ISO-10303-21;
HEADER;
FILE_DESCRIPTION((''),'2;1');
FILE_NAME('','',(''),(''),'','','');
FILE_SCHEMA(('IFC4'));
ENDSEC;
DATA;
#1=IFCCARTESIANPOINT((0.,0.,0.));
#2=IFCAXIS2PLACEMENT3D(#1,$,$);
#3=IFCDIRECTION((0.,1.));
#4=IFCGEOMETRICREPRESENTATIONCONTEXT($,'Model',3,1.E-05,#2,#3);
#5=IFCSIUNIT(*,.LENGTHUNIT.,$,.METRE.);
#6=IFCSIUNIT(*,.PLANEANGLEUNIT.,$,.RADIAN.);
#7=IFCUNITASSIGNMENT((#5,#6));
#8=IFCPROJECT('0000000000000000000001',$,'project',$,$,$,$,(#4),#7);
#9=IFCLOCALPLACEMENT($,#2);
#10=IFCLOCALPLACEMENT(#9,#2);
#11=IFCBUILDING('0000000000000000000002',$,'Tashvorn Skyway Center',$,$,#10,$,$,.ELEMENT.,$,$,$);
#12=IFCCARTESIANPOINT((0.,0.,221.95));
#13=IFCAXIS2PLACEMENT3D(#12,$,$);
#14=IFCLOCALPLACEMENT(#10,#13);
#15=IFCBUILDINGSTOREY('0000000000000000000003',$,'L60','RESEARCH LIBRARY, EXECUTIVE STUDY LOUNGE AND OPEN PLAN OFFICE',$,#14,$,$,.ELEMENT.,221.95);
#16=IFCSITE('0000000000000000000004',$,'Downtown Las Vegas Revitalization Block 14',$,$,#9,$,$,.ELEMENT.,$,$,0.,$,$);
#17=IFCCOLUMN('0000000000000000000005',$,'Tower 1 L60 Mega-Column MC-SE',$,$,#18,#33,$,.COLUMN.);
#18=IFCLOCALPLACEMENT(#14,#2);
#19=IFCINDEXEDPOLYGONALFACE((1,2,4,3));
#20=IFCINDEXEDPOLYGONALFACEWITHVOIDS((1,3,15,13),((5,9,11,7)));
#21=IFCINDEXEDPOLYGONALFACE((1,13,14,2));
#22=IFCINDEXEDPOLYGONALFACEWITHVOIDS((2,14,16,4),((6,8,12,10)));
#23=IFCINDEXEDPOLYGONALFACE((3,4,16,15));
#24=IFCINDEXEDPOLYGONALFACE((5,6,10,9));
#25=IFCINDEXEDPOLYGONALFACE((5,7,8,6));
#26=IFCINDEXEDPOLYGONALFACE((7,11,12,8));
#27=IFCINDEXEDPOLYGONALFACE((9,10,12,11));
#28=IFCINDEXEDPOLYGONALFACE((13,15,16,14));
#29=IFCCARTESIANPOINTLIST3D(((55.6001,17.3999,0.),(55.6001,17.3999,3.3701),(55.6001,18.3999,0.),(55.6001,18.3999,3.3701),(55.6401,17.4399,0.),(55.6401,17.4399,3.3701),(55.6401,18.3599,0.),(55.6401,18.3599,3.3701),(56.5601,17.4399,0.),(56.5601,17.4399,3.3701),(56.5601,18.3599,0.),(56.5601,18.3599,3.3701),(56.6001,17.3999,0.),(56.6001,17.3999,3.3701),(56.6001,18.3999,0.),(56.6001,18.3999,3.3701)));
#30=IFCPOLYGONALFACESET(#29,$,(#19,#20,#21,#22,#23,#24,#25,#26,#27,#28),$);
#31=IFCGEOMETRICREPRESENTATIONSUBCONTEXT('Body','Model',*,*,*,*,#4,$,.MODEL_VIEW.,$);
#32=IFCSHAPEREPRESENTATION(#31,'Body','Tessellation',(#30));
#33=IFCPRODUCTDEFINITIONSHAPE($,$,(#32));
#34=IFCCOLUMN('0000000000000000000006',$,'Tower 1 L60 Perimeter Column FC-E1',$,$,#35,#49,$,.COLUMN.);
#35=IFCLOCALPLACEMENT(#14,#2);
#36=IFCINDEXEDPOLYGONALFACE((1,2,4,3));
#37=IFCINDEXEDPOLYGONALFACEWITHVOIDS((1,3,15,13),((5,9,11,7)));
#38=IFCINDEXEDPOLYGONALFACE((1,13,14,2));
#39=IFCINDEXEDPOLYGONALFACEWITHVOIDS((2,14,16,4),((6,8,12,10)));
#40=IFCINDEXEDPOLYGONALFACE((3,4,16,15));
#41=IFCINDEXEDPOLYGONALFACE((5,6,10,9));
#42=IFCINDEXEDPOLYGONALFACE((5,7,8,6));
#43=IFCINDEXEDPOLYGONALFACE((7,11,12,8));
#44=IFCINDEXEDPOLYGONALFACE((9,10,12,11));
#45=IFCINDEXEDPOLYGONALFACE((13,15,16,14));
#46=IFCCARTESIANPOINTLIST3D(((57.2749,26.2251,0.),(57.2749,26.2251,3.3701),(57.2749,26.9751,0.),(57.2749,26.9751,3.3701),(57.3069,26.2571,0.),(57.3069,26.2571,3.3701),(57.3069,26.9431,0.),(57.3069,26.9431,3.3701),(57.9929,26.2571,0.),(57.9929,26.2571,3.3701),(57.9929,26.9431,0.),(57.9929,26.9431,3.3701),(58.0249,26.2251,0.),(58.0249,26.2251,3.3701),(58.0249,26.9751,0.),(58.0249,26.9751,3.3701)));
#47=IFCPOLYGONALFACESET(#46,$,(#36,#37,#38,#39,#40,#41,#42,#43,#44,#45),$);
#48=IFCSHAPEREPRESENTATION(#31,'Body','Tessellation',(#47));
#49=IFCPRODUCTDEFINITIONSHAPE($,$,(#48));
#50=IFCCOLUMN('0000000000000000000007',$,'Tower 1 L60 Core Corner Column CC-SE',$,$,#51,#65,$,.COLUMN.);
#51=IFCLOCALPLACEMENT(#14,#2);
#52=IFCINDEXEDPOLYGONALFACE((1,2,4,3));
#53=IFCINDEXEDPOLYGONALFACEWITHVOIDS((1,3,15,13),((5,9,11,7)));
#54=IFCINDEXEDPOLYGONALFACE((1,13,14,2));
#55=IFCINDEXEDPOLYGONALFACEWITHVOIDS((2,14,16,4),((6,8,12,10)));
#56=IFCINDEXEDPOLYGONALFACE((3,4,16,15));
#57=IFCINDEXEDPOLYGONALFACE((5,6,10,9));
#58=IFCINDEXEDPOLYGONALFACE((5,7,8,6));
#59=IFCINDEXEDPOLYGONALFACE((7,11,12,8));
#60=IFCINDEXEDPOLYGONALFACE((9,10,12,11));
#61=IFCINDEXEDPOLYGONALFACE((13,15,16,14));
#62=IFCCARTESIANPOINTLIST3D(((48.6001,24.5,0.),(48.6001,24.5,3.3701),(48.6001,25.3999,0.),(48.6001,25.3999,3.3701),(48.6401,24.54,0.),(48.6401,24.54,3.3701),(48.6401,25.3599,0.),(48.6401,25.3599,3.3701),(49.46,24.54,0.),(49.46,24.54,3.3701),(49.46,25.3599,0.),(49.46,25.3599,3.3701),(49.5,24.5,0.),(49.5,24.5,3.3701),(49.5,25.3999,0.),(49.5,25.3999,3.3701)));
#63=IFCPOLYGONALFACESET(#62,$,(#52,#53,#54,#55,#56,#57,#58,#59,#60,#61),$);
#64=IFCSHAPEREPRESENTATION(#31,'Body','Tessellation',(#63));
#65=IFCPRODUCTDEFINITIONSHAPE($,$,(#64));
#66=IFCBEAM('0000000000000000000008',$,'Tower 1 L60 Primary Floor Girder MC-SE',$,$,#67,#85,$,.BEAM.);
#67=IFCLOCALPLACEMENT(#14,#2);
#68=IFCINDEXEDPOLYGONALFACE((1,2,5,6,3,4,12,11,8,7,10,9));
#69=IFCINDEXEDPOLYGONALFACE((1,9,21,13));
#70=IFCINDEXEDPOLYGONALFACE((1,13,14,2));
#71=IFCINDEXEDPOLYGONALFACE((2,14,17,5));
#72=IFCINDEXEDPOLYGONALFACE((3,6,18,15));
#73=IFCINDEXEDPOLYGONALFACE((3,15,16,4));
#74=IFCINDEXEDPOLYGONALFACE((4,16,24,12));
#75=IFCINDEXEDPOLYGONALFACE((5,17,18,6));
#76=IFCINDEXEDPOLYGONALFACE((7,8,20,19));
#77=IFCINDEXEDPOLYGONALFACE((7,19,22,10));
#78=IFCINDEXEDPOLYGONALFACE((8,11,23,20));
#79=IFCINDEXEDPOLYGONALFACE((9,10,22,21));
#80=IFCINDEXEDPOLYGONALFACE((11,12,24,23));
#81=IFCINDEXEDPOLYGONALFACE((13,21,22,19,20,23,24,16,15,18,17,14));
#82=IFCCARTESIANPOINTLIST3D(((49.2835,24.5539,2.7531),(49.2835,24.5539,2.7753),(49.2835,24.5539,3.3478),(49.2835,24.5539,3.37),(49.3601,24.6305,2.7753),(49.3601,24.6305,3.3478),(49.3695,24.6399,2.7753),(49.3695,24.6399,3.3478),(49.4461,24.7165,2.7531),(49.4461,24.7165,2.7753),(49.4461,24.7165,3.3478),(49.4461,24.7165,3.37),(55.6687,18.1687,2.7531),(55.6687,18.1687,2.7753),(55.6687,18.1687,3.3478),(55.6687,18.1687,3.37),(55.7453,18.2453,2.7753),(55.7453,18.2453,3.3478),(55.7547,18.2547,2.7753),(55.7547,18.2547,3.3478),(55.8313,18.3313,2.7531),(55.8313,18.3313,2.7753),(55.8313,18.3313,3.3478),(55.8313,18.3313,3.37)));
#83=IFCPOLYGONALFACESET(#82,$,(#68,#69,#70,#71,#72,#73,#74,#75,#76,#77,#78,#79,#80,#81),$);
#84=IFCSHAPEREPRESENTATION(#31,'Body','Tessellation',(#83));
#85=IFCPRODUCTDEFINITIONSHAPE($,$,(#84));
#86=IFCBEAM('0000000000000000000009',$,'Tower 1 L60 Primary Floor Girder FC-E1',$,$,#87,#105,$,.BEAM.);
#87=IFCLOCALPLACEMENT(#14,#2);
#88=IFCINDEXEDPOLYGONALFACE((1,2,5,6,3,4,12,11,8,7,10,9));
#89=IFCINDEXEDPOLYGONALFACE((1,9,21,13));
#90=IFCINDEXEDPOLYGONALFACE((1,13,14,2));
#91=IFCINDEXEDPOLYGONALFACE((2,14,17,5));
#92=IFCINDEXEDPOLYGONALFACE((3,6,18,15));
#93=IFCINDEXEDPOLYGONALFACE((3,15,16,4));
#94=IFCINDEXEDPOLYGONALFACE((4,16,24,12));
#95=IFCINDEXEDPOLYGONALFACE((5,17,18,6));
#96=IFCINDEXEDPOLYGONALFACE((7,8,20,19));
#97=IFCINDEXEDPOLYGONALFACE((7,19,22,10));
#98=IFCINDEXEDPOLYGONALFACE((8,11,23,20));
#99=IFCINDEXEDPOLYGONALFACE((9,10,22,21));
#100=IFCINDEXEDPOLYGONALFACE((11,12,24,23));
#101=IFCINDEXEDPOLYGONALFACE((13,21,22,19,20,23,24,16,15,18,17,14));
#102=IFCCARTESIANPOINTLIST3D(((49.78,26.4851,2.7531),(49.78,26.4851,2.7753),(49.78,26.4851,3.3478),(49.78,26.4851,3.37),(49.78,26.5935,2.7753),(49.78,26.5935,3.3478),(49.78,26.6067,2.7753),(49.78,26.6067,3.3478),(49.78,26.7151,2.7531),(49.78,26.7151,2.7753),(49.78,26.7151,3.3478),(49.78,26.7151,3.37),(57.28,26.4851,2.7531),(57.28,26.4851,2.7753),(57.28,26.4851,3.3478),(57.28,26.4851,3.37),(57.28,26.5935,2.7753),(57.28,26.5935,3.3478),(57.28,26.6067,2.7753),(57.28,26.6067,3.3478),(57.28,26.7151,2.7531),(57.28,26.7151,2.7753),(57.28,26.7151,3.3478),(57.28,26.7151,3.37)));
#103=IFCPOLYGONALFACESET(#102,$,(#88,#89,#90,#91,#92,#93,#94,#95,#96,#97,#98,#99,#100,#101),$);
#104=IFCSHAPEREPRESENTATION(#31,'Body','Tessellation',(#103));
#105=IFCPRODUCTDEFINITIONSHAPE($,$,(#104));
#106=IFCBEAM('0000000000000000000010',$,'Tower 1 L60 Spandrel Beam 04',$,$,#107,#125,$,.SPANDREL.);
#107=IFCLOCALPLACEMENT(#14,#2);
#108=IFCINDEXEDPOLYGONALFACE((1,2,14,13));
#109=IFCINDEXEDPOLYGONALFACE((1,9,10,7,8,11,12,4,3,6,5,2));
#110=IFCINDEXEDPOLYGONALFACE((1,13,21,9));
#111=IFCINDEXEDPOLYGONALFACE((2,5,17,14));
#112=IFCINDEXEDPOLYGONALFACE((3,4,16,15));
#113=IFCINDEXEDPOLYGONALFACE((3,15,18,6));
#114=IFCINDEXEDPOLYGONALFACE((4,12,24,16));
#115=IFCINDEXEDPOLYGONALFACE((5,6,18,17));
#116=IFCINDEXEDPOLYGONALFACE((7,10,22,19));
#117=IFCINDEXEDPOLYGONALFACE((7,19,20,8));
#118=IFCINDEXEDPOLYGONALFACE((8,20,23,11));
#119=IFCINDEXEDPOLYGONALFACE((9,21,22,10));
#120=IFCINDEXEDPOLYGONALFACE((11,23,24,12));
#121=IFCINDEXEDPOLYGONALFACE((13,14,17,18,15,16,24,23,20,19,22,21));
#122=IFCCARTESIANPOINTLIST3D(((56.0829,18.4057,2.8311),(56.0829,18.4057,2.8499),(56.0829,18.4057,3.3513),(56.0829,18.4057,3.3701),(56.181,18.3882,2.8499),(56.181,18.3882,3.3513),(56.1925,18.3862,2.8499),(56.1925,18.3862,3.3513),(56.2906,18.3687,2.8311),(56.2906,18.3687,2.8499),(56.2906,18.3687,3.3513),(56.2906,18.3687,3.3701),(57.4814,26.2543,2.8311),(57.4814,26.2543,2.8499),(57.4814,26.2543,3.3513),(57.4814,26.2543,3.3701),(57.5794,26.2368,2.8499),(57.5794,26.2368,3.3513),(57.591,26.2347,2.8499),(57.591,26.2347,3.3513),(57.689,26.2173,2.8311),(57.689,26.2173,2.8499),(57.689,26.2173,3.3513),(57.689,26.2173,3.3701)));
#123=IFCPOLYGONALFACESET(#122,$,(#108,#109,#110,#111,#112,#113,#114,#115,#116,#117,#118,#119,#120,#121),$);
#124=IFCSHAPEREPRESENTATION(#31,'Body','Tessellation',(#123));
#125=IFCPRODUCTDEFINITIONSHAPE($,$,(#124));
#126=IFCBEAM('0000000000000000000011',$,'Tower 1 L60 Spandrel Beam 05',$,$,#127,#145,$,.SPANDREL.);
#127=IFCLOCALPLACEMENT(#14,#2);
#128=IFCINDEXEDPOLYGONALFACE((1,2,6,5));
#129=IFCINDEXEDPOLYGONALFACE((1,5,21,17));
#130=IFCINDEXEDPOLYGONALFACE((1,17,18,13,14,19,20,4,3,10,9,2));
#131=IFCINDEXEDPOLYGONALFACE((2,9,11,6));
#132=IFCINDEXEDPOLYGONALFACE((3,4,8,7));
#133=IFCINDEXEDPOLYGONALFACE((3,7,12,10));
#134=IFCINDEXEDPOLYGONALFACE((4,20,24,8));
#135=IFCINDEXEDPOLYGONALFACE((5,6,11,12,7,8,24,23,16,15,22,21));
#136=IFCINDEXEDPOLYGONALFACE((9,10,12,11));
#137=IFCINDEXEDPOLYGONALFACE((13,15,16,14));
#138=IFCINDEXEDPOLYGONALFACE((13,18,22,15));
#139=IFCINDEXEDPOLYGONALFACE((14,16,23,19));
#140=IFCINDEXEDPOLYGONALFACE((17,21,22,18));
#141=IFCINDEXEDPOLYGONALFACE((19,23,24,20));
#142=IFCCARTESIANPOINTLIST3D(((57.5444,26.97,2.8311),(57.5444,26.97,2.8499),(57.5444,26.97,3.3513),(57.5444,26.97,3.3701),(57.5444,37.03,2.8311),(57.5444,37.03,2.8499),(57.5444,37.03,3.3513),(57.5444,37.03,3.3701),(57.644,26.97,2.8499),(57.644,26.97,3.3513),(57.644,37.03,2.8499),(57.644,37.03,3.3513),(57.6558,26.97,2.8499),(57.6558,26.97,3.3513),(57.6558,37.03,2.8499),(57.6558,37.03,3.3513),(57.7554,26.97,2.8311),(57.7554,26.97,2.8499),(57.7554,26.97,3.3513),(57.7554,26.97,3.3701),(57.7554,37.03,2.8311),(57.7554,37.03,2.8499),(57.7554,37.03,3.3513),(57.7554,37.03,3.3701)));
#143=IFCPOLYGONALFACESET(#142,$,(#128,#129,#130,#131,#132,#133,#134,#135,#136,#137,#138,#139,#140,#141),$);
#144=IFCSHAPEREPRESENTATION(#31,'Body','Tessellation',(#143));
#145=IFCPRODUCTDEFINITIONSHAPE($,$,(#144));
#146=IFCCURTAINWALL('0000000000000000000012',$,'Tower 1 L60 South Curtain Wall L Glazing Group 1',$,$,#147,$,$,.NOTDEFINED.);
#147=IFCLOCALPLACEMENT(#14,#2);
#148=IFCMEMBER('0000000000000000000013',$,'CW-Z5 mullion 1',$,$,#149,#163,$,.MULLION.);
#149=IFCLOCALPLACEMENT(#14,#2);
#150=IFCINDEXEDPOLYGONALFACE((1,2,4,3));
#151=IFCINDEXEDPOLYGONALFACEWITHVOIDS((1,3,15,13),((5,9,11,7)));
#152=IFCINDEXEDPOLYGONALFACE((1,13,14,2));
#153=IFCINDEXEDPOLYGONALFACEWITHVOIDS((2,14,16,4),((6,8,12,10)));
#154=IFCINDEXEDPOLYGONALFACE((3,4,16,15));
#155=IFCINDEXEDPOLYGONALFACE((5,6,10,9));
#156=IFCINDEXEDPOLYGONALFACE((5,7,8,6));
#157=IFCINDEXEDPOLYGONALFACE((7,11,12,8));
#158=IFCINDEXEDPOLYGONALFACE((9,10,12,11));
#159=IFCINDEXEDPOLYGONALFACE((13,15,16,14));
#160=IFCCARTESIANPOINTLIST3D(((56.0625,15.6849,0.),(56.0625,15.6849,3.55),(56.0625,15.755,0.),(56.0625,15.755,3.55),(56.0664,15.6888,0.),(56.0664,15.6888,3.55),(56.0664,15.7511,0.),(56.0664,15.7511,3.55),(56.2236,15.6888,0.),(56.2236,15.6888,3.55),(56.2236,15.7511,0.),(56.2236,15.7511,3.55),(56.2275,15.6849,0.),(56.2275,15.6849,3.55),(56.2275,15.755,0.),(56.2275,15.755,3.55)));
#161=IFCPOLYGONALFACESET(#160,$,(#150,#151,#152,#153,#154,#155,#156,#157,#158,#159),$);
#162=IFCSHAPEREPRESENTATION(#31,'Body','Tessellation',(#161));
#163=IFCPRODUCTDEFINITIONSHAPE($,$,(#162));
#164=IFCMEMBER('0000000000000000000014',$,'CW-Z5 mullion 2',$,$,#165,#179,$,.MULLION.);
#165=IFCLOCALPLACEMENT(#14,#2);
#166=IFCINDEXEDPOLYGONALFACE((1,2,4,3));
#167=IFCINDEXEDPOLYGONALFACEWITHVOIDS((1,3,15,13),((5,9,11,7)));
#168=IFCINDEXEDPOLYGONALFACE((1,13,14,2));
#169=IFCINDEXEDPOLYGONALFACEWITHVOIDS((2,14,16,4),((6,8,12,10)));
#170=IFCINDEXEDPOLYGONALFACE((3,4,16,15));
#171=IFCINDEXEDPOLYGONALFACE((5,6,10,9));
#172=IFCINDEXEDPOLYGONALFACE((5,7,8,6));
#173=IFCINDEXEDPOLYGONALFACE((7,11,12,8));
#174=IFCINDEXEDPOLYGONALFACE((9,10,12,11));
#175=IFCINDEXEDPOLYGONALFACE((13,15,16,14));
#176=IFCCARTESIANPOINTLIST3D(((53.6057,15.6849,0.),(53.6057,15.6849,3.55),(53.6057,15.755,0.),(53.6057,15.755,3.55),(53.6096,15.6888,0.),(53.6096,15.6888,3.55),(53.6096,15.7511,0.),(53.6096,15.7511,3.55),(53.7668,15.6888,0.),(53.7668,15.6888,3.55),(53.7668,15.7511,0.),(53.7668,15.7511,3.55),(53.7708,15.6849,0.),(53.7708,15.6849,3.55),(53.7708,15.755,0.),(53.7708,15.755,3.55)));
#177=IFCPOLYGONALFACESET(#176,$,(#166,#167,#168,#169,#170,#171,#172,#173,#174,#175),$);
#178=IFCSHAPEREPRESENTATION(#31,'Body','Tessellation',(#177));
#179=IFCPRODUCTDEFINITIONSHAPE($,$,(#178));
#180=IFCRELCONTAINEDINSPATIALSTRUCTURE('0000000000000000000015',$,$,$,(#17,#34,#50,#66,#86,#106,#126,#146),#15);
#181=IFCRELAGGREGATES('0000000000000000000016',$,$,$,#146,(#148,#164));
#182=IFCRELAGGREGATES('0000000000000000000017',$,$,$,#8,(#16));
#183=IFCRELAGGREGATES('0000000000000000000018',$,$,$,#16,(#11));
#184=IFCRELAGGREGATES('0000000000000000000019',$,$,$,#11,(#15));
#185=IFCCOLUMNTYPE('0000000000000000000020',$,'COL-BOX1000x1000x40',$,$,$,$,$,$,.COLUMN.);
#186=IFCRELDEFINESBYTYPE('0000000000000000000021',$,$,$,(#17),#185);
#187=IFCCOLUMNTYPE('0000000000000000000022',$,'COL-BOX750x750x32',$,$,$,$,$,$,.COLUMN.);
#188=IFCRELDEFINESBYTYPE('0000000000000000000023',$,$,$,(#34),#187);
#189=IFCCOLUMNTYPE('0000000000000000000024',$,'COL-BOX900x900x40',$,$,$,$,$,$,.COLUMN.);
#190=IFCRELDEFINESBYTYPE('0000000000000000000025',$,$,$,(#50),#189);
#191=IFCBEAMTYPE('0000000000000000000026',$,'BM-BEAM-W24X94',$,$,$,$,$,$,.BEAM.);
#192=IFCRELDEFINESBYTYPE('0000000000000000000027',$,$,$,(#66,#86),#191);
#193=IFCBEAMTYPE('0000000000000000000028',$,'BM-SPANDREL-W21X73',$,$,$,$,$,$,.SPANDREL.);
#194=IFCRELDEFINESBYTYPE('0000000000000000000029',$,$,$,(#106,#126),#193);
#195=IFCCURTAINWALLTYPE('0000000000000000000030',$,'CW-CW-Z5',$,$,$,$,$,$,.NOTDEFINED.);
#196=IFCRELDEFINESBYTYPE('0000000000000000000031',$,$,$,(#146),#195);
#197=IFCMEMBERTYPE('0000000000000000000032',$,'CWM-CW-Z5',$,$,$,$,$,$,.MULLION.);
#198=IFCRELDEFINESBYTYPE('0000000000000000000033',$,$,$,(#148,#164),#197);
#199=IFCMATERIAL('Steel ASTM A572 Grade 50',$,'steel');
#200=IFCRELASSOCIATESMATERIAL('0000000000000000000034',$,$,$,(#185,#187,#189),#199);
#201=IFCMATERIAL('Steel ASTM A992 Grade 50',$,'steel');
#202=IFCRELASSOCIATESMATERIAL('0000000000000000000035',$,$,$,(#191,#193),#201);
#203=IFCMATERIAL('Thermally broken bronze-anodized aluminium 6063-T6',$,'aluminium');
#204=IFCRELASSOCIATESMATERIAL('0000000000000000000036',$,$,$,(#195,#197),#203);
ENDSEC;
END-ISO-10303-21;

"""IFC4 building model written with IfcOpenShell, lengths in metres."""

from ifc_helpers import new_model, si_unit, direction, frame, origin, origin_2d, place, context, subcontext, project, spatial, hollow_rectangle, i_section, extrude, material, material_profile, profile_set, type_object, element, aggregate, save


model = new_model("IFC4")

# Units and contexts
model_context = context("Model", 3, precision=1e-05, world=origin(), true_north=direction((0.0, 1.0)))
body_context = subcontext(model_context, "Body", "Model", "MODEL_VIEW")
ifc_project = project(units=[si_unit("LENGTHUNIT", "METRE"), si_unit("PLANEANGLEUNIT", "RADIAN")], contexts=[model_context])

# Site, building, storey
site_placement = place(None, origin())
site = spatial("IfcSite", under=ifc_project, at=site_placement, Name="Downtown Las Vegas Revitalization Block 14", CompositionType="ELEMENT", RefElevation=0.0)
building_placement = place(site_placement, origin())
building = spatial("IfcBuilding", under=site, at=building_placement, Name="Tashvorn Skyway Center", CompositionType="ELEMENT")
storey_placement = place(building_placement, frame((0.0, 0.0, 221.95)))
storey = spatial("IfcBuildingStorey", under=building, at=storey_placement, Name="L60", Description="RESEARCH LIBRARY, EXECUTIVE STUDY LOUNGE AND OPEN PLAN OFFICE", CompositionType="ELEMENT", Elevation=221.95)

# Columns
ifc_material_1 = material(Name="Steel ASTM A572 Grade 50", Category="steel")
ifc_material_profile_1 = material_profile(ifc_material_1, hollow_rectangle(XDim=1.0, YDim=1.0, WallThickness=0.04, at=origin_2d()), Name="BOX1000x1000x40")
ifc_profile_set_1 = profile_set([ifc_material_profile_1], Name="Steel ASTM A572 Grade 50")
column_type_1 = type_object("IfcColumnType", Name="COL-BOX1000x1000x40", PredefinedType="COLUMN", material=ifc_profile_set_1)
column_1_placement = place(storey_placement, frame((56.1001, 17.8999, 0.0), z_axis=(0.0, 0.0, 1.0), x_axis=(1.0, 0.0, 0.0)))
element("IfcColumn", 1, at=column_1_placement, inside=storey, type_object=column_type_1, Name="Tower 1 L60 Mega-Column MC-SE", PredefinedType="COLUMN", context=body_context, shape_type="SweptSolid", body=[
    extrude(hollow_rectangle(XDim=1.0, YDim=1.0, WallThickness=0.04, at=origin_2d()), origin(), (0.0, 0.0, 1.0), 3.3701),
])
ifc_material_profile_2 = material_profile(ifc_material_1, hollow_rectangle(XDim=0.75, YDim=0.75, WallThickness=0.032, at=origin_2d()), Name="BOX750x750x32")
ifc_profile_set_2 = profile_set([ifc_material_profile_2], Name="Steel ASTM A572 Grade 50")
column_type_2 = type_object("IfcColumnType", Name="COL-BOX750x750x32", PredefinedType="COLUMN", material=ifc_profile_set_2)
column_2_placement = place(storey_placement, frame((57.6499, 26.6001, 0.0), z_axis=(0.0, 0.0, 1.0), x_axis=(1.0, 0.0, 0.0)))
element("IfcColumn", 2, at=column_2_placement, inside=storey, type_object=column_type_2, Name="Tower 1 L60 Perimeter Column FC-E1", PredefinedType="COLUMN", context=body_context, shape_type="SweptSolid", body=[
    extrude(hollow_rectangle(XDim=0.75, YDim=0.75, WallThickness=0.032, at=origin_2d()), origin(), (0.0, 0.0, 1.0), 3.3701),
])
ifc_material_profile_3 = material_profile(ifc_material_1, hollow_rectangle(XDim=0.8999, YDim=0.8999, WallThickness=0.04, at=origin_2d()), Name="BOX900x900x40")
ifc_profile_set_3 = profile_set([ifc_material_profile_3], Name="Steel ASTM A572 Grade 50")
column_type_3 = type_object("IfcColumnType", Name="COL-BOX900x900x40", PredefinedType="COLUMN", material=ifc_profile_set_3)
column_3_placement = place(storey_placement, frame((49.05, 24.95, 0.0), z_axis=(0.0, 0.0, 1.0), x_axis=(1.0, 0.0, 0.0)))
element("IfcColumn", 3, at=column_3_placement, inside=storey, type_object=column_type_3, Name="Tower 1 L60 Core Corner Column CC-SE", PredefinedType="COLUMN", context=body_context, shape_type="SweptSolid", body=[
    extrude(hollow_rectangle(XDim=0.8999, YDim=0.8999, WallThickness=0.04, at=origin_2d()), origin(), (0.0, 0.0, 1.0), 3.3701),
])

# Beams
ifc_material_2 = material(Name="Steel ASTM A992 Grade 50", Category="steel")
ifc_material_profile_4 = material_profile(ifc_material_2, i_section(OverallWidth=0.23, OverallDepth=0.6169, WebThickness=0.0132, FlangeThickness=0.0222, at=origin_2d()), Name="W24X94")
ifc_profile_set_4 = profile_set([ifc_material_profile_4], Name="Steel ASTM A992 Grade 50")
beam_type_1 = type_object("IfcBeamType", Name="BM-BEAM-W24X94", PredefinedType="BEAM", material=ifc_profile_set_4)
beam_1_placement = place(storey_placement, frame((55.75, 18.25, 3.0615), z_axis=(-0.707107, 0.707107, 0.0), x_axis=(-0.707107, -0.707107, 0.0)))
element("IfcBeam", 4, at=beam_1_placement, inside=storey, type_object=beam_type_1, Name="Tower 1 L60 Primary Floor Girder MC-SE", PredefinedType="BEAM", context=body_context, shape_type="SweptSolid", body=[
    extrude(i_section(OverallWidth=0.23, OverallDepth=0.6169, WebThickness=0.0132, FlangeThickness=0.0222, at=origin_2d()), origin(), (0.0, 0.0, 1.0), 9.03),
])
beam_2_placement = place(storey_placement, frame((57.28, 26.6001, 3.0615), z_axis=(-1.0, 0.0, 0.0), x_axis=(0.0, -1.0, 0.0)))
element("IfcBeam", 5, at=beam_2_placement, inside=storey, type_object=beam_type_1, Name="Tower 1 L60 Primary Floor Girder FC-E1", PredefinedType="BEAM", context=body_context, shape_type="SweptSolid", body=[
    extrude(i_section(OverallWidth=0.23, OverallDepth=0.6169, WebThickness=0.0132, FlangeThickness=0.0222, at=origin_2d()), origin(), (0.0, 0.0, 1.0), 7.5),
])
ifc_material_profile_5 = material_profile(ifc_material_2, i_section(OverallWidth=0.2109, OverallDepth=0.5391, WebThickness=0.0117, FlangeThickness=0.0188, at=origin_2d()), Name="W21X73")
ifc_profile_set_5 = profile_set([ifc_material_profile_5], Name="Steel ASTM A992 Grade 50")
beam_type_2 = type_object("IfcBeamType", Name="BM-SPANDREL-W21X73", PredefinedType="SPANDREL", material=ifc_profile_set_5)
beam_3_placement = place(storey_placement, frame((56.1868, 18.3872, 3.1006), z_axis=(0.175413, 0.984495, 0.0), x_axis=(-0.984495, 0.175413, 0.0)))
element("IfcBeam", 6, at=beam_3_placement, inside=storey, type_object=beam_type_2, Name="Tower 1 L60 Spandrel Beam 04", PredefinedType="SPANDREL", context=body_context, shape_type="SweptSolid", body=[
    extrude(i_section(OverallWidth=0.2109, OverallDepth=0.5391, WebThickness=0.0117, FlangeThickness=0.0188, at=origin_2d()), origin(), (0.0, 0.0, 1.0), 7.9722),
])
beam_4_placement = place(storey_placement, frame((57.6499, 26.97, 3.1006), z_axis=(0.0, 1.0, 0.0), x_axis=(-1.0, 0.0, 0.0)))
element("IfcBeam", 7, at=beam_4_placement, inside=storey, type_object=beam_type_2, Name="Tower 1 L60 Spandrel Beam 05", PredefinedType="SPANDREL", context=body_context, shape_type="SweptSolid", body=[
    extrude(i_section(OverallWidth=0.2109, OverallDepth=0.5391, WebThickness=0.0117, FlangeThickness=0.0188, at=origin_2d()), origin(), (0.0, 0.0, 1.0), 10.0601),
])

# Curtain wall, members
ifc_material_3 = material(Name="Thermally broken bronze-anodized aluminium 6063-T6", Category="aluminium")
curtain_wall_type = type_object("IfcCurtainWallType", Name="CW-CW-Z5", PredefinedType="NOTDEFINED", material=ifc_material_3)
curtain_wall_1_placement = place(storey_placement, origin())
curtain_wall_1 = element("IfcCurtainWall", 8, at=curtain_wall_1_placement, inside=storey, type_object=curtain_wall_type, Name="Tower 1 L60 South Curtain Wall L Glazing Group 1", PredefinedType="NOTDEFINED")
ifc_material_profile_6 = material_profile(ifc_material_3, hollow_rectangle(XDim=0.0701, YDim=0.165, WallThickness=0.0039, at=origin_2d()), Name="ALU-MULL-70x165")
ifc_profile_set_6 = profile_set([ifc_material_profile_6], Name="Thermally broken bronze-anodized aluminium 6063-T6")
member_type_1 = type_object("IfcMemberType", Name="CWM-CW-Z5", PredefinedType="MULLION", material=ifc_profile_set_6)
member_1_placement = place(storey_placement, frame((56.145, 15.72, 0.0), z_axis=(0.0, 0.0, 1.0), x_axis=(0.0, -1.0, 0.0)))
member_1 = element("IfcMember", 9, at=member_1_placement, type_object=member_type_1, Name="CW-Z5 mullion 1", PredefinedType="MULLION", context=body_context, shape_type="SweptSolid", body=[
    extrude(hollow_rectangle(XDim=0.0701, YDim=0.165, WallThickness=0.0039, at=origin_2d()), origin(), (0.0, 0.0, 1.0), 3.55),
])
member_2_placement = place(storey_placement, frame((53.6882, 15.72, 0.0), z_axis=(0.0, 0.0, 1.0), x_axis=(0.0, -1.0, 0.0)))
member_2 = element("IfcMember", 10, at=member_2_placement, type_object=member_type_1, Name="CW-Z5 mullion 2", PredefinedType="MULLION", context=body_context, shape_type="SweptSolid", body=[
    extrude(hollow_rectangle(XDim=0.0701, YDim=0.165, WallThickness=0.0039, at=origin_2d()), origin(), (0.0, 0.0, 1.0), 3.55),
])

aggregate(curtain_wall_1, [member_1, member_2])

save(model, "model.ifc")
